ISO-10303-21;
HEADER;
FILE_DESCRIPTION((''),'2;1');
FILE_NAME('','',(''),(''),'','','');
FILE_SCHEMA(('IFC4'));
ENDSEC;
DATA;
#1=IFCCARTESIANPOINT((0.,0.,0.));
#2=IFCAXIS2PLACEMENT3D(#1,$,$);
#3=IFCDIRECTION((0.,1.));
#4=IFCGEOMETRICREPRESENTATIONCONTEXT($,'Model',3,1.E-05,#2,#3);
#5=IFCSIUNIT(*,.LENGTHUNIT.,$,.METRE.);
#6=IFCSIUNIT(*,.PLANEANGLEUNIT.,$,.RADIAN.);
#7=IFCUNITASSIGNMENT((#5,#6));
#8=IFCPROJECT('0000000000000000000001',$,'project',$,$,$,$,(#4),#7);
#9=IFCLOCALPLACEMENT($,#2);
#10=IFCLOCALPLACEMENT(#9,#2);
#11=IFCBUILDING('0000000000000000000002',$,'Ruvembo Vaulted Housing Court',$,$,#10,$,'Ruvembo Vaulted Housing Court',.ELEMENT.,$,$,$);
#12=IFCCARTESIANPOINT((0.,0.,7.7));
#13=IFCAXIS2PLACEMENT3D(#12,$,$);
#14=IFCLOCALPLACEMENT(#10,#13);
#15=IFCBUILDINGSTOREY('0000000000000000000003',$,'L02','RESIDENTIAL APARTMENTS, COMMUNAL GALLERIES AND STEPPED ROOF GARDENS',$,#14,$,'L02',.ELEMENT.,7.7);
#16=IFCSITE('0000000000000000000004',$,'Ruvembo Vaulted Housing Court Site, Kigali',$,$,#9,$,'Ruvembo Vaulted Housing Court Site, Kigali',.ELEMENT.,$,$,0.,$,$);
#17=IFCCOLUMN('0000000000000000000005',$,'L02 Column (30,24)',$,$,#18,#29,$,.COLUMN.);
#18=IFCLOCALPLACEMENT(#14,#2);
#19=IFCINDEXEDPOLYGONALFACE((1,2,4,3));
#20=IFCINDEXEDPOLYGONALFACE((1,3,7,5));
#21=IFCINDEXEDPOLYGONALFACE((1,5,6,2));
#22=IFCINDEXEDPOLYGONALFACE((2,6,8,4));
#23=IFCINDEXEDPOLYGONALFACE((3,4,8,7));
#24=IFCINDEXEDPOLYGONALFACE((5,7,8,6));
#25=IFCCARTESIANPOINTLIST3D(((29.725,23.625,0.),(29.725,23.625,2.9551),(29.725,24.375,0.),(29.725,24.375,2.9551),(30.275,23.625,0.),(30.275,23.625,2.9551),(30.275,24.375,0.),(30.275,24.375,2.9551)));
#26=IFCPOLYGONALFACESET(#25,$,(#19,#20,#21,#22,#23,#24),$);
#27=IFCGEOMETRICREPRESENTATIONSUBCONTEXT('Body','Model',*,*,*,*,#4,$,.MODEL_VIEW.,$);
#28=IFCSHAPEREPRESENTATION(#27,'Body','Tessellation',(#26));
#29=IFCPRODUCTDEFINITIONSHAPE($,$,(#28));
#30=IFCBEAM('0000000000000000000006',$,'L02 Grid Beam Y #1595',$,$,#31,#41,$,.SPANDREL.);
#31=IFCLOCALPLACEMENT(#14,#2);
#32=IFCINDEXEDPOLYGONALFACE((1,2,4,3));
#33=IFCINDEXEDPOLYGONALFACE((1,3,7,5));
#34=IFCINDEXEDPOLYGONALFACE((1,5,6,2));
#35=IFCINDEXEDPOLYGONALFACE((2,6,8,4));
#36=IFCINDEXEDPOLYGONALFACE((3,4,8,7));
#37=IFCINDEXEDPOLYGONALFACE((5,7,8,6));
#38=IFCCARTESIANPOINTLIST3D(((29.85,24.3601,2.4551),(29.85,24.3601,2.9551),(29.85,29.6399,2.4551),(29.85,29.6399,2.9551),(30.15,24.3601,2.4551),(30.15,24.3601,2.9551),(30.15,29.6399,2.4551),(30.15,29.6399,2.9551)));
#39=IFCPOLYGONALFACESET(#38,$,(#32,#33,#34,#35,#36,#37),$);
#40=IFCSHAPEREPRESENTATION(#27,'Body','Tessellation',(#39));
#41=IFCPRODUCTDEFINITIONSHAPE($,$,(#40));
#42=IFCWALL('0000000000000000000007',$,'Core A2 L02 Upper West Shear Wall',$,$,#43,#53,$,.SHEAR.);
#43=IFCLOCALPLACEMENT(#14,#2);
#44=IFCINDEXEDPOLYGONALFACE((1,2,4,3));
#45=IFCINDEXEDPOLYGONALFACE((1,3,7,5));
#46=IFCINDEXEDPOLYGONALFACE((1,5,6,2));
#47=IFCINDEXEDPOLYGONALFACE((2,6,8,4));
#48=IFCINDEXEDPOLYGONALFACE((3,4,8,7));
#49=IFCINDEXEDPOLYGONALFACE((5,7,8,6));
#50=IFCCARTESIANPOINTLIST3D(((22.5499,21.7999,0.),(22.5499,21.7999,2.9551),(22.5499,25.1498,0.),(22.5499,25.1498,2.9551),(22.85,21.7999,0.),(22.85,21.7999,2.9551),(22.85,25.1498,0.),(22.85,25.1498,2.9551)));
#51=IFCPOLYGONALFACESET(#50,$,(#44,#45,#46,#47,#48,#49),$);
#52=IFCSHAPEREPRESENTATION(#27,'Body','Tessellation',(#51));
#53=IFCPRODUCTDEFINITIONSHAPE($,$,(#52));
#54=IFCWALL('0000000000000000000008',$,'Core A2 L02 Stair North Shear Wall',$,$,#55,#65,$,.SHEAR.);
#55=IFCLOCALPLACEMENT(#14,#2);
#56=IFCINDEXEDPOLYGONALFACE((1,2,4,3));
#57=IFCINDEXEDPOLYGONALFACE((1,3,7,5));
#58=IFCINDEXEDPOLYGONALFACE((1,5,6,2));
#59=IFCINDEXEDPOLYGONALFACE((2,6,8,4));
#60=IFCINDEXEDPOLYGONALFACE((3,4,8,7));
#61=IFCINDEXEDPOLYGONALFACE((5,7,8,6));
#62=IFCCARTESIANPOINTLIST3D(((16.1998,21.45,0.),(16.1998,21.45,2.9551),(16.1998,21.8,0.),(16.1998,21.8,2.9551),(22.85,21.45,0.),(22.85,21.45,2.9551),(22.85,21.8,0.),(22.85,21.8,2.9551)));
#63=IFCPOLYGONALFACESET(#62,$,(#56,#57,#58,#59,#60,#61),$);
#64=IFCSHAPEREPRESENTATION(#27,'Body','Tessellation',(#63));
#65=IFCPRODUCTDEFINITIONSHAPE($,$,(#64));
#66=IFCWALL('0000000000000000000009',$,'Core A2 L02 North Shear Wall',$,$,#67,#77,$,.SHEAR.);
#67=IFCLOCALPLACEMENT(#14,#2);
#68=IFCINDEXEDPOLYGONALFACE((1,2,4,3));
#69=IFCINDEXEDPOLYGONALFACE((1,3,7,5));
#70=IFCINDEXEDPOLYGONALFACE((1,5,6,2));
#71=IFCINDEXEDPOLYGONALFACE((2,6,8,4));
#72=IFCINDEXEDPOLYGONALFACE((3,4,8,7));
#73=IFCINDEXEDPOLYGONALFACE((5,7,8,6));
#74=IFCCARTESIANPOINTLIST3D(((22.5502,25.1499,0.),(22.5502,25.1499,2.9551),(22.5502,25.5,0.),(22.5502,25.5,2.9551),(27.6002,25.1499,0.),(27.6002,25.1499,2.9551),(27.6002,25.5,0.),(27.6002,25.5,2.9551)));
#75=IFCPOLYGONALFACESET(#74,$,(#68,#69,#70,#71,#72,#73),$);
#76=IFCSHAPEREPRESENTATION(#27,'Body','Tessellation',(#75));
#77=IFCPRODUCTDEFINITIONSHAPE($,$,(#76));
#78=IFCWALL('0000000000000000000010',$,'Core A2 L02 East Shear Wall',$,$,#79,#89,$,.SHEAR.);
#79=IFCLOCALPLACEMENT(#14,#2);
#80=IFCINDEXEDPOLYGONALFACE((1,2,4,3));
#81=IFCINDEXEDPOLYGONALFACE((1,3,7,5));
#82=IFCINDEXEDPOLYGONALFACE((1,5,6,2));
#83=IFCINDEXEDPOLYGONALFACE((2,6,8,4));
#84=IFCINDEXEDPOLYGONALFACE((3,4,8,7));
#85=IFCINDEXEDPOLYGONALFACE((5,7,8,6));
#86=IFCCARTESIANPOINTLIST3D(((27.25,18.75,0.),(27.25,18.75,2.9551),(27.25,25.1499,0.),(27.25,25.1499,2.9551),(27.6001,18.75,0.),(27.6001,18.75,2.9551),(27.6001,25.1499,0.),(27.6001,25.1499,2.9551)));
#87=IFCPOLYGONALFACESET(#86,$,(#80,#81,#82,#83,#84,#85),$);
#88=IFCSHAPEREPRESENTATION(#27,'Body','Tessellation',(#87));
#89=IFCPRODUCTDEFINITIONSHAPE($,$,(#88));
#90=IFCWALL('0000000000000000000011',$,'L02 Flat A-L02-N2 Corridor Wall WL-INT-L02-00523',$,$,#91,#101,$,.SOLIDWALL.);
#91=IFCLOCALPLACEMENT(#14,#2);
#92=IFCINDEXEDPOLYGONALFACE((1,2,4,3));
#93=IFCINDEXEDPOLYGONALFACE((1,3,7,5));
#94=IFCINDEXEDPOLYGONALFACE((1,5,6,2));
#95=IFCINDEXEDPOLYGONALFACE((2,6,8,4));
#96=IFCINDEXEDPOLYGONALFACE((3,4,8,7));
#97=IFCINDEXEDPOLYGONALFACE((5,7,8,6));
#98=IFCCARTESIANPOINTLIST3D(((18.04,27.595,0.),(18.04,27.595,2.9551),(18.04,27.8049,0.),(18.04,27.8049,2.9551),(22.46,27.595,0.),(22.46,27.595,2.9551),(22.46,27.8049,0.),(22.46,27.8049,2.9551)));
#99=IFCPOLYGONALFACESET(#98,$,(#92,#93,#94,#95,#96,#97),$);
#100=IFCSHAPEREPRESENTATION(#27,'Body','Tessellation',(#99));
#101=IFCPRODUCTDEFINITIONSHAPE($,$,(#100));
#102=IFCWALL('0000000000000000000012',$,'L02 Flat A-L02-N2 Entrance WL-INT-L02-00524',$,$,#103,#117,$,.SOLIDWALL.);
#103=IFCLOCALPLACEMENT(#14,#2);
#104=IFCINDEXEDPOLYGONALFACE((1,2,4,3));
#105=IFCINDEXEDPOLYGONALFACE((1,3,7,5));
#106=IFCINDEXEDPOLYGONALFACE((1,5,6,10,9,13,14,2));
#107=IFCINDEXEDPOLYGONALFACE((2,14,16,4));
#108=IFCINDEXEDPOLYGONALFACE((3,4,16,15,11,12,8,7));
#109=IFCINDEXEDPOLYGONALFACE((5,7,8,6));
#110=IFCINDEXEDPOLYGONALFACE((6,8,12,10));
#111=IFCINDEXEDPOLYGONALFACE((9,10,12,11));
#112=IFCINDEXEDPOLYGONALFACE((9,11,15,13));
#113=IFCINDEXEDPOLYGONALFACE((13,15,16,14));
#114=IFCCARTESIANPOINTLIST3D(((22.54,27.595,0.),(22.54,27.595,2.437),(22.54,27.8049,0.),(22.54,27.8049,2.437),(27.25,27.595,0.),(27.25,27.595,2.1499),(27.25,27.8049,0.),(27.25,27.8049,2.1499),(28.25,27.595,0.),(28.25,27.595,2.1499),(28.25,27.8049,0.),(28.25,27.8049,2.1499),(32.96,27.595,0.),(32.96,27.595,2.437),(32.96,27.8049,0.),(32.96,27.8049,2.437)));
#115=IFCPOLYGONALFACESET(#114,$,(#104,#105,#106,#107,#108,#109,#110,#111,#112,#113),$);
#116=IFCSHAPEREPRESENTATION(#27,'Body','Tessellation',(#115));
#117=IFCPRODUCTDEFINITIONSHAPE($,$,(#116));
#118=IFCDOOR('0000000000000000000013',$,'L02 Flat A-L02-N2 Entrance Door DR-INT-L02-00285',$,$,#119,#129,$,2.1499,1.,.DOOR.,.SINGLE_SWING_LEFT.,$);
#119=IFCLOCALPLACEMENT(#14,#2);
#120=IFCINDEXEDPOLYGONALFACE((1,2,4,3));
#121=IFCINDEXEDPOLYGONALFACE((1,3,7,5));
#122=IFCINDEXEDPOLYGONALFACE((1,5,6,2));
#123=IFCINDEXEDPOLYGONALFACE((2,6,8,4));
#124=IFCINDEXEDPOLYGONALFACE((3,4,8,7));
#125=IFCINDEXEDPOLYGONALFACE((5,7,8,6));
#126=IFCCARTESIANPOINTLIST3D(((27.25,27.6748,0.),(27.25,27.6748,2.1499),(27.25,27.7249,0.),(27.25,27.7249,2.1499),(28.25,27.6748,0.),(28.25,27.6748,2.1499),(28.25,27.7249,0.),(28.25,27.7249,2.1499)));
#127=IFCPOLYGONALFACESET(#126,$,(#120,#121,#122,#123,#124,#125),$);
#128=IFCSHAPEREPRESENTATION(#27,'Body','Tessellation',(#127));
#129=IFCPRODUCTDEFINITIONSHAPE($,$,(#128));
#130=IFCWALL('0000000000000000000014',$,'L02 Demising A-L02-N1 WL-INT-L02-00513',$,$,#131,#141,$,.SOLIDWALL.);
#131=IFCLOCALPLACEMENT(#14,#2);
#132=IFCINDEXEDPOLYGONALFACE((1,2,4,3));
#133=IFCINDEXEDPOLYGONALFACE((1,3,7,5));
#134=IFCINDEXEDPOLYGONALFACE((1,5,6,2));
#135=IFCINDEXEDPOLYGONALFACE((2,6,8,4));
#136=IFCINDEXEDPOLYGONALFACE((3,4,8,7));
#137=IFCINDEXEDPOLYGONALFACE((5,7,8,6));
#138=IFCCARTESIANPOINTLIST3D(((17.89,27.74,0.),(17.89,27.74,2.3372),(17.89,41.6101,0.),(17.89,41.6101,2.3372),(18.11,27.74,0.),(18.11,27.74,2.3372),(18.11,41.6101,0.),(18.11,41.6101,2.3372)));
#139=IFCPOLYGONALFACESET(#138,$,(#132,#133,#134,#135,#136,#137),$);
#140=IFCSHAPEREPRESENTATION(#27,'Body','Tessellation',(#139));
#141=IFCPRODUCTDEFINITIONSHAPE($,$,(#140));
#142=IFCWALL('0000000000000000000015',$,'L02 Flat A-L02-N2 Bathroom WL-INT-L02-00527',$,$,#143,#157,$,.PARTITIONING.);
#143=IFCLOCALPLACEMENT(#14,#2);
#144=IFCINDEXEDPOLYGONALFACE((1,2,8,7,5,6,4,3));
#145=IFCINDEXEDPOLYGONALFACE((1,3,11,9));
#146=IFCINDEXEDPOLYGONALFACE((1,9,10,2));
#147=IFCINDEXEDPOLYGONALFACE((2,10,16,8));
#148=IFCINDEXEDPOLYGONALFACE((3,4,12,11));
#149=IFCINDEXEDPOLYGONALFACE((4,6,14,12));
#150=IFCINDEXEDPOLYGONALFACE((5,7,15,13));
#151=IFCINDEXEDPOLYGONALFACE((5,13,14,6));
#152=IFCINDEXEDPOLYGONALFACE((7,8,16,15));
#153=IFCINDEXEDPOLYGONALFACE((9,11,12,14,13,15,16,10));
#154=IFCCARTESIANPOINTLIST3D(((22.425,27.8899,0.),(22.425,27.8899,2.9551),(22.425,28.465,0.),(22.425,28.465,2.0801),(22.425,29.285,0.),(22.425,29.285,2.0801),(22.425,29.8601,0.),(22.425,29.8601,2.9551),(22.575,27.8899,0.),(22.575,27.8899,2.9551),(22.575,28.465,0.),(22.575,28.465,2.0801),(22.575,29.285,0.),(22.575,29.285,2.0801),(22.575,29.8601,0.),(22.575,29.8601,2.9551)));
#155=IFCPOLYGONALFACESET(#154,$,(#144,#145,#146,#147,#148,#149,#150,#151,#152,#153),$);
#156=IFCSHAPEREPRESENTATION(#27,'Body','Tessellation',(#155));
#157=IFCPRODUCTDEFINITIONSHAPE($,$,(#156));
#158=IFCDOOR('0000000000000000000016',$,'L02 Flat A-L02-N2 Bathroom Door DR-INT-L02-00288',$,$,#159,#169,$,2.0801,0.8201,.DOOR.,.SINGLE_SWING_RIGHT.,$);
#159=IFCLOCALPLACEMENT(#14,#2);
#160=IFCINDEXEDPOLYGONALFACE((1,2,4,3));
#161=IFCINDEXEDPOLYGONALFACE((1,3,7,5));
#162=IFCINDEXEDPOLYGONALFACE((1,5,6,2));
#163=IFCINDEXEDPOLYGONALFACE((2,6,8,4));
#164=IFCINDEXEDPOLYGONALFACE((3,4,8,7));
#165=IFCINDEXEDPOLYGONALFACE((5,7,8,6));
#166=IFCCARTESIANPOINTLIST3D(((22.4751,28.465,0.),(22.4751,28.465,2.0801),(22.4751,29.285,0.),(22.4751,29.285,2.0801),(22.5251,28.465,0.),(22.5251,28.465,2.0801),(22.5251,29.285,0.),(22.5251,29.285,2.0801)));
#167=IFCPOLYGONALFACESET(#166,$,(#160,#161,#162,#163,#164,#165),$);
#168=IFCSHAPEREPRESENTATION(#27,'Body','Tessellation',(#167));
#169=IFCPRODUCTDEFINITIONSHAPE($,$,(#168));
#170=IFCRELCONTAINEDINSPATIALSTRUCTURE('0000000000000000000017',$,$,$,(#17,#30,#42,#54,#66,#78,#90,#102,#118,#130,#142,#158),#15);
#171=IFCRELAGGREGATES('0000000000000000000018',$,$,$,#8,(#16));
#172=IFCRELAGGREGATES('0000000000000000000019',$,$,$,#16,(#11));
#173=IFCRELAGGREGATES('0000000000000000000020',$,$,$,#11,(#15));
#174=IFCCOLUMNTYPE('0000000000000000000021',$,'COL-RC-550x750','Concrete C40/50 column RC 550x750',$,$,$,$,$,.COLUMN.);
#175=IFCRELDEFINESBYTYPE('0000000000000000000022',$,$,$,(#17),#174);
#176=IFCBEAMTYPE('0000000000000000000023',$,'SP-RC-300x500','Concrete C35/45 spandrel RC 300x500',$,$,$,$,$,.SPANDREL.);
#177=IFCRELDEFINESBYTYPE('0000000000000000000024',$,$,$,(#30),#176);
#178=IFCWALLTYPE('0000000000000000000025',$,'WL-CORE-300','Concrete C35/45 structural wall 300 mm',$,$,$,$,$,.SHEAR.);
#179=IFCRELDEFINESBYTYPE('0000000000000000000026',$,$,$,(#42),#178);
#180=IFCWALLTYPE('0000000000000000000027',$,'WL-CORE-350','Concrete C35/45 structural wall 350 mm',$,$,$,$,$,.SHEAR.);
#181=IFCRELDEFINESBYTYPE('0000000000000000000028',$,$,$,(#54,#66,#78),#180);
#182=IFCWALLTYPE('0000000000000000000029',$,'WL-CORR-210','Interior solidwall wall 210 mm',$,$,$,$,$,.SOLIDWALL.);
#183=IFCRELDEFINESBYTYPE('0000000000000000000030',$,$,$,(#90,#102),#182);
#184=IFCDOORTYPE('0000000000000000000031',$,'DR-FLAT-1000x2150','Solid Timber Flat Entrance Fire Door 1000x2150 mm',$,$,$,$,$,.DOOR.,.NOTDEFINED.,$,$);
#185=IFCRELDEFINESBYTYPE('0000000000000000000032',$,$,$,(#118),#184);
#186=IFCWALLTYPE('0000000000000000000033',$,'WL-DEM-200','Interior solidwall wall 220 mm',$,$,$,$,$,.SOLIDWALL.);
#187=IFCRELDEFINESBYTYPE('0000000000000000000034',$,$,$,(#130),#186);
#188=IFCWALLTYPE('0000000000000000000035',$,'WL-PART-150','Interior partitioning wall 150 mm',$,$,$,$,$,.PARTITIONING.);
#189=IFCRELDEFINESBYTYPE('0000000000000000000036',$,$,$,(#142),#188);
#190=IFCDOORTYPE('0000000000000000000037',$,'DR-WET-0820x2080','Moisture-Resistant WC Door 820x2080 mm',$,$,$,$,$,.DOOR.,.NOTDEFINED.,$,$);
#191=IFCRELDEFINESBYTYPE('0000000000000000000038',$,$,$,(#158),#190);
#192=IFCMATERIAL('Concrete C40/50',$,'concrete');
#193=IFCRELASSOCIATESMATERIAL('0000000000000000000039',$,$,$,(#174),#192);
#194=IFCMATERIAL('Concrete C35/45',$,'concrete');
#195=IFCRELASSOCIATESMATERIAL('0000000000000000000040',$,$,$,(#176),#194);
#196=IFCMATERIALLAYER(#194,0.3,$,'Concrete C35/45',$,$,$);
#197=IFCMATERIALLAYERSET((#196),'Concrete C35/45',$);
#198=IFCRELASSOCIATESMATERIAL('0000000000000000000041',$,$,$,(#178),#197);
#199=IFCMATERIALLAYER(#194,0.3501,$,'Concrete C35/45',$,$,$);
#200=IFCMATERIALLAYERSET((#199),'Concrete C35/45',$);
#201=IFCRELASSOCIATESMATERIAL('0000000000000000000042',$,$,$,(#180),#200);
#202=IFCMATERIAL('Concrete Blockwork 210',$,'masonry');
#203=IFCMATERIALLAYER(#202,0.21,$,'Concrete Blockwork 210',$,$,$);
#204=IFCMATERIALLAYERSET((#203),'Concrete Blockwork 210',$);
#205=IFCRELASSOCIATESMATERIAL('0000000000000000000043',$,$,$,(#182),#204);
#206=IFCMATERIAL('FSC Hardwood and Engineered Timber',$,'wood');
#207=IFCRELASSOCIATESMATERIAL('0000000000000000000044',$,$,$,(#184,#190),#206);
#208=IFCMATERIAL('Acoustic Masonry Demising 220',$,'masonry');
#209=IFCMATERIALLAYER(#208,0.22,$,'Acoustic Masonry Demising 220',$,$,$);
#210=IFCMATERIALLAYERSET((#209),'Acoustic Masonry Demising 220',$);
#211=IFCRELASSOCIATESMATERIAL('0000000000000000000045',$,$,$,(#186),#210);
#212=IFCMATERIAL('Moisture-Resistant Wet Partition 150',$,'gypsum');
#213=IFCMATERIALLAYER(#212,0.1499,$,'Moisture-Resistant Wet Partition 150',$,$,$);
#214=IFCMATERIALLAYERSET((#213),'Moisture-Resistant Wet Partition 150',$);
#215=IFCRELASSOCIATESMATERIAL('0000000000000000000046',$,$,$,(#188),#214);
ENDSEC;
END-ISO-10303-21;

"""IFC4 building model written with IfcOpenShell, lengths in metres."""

from ifc_helpers import new_model, si_unit, direction, frame, frame_2d, origin, origin_2d, place, context, subcontext, project, spatial, rectangle, extrude, material, layer, layer_set, material_profile, profile_set, type_object, element, fill, save


model = new_model("IFC4")

# Units and contexts
model_context = context("Model", 3, precision=1e-05, world=origin(), true_north=direction((0.0, 1.0)))
body_context = subcontext(model_context, "Body", "Model", "MODEL_VIEW")
ifc_project = project(units=[si_unit("LENGTHUNIT", "METRE"), si_unit("PLANEANGLEUNIT", "RADIAN")], contexts=[model_context])

# Site, building, storey
site_placement = place(None, origin())
site = spatial("IfcSite", under=ifc_project, at=site_placement, Name="Ruvembo Vaulted Housing Court Site, Kigali", LongName="Ruvembo Vaulted Housing Court Site, Kigali", CompositionType="ELEMENT", RefElevation=0.0)
building_placement = place(site_placement, origin())
building = spatial("IfcBuilding", under=site, at=building_placement, Name="Ruvembo Vaulted Housing Court", LongName="Ruvembo Vaulted Housing Court", CompositionType="ELEMENT")
storey_placement = place(building_placement, frame((0.0, 0.0, 7.7)))
storey = spatial("IfcBuildingStorey", under=building, at=storey_placement, Name="L02", Description="RESIDENTIAL APARTMENTS, COMMUNAL GALLERIES AND STEPPED ROOF GARDENS", LongName="L02", CompositionType="ELEMENT", Elevation=7.7)

# Column
ifc_material_1 = material(Name="Concrete C40/50", Category="concrete")
ifc_material_profile_1 = material_profile(ifc_material_1, rectangle(XDim=0.55, YDim=0.75, at=origin_2d()), Name="RC 550x750")
ifc_profile_set_1 = profile_set([ifc_material_profile_1], Name="Concrete C40/50")
column_type = type_object("IfcColumnType", Name="COL-RC-550x750", Description="Concrete C40/50 column RC 550x750", PredefinedType="COLUMN", material=ifc_profile_set_1)
column_placement = place(storey_placement, frame((30.0, 24.0, 0.0), z_axis=(0.0, 0.0, 1.0), x_axis=(1.0, 0.0, 0.0)))
element("IfcColumn", 1, at=column_placement, inside=storey, type_object=column_type, Name="L02 Column (30,24)", PredefinedType="COLUMN", context=body_context, shape_type="SweptSolid", body=[
    extrude(rectangle(XDim=0.55, YDim=0.75, at=origin_2d()), origin(), (0.0, 0.0, 1.0), 2.9551),
])

# Beam
ifc_material_2 = material(Name="Concrete C35/45", Category="concrete")
ifc_material_profile_2 = material_profile(ifc_material_2, rectangle(XDim=0.3, YDim=0.5, at=origin_2d()), Name="RC 300x500")
ifc_profile_set_2 = profile_set([ifc_material_profile_2], Name="Concrete C35/45")
beam_type = type_object("IfcBeamType", Name="SP-RC-300x500", Description="Concrete C35/45 spandrel RC 300x500", PredefinedType="SPANDREL", material=ifc_profile_set_2)
beam_placement = place(storey_placement, frame((30.0, 24.3601, 2.7051), z_axis=(0.0, 1.0, 0.0), x_axis=(-1.0, 0.0, 0.0)))
element("IfcBeam", 2, at=beam_placement, inside=storey, type_object=beam_type, Name="L02 Grid Beam Y #1595", PredefinedType="SPANDREL", context=body_context, shape_type="SweptSolid", body=[
    extrude(rectangle(XDim=0.3, YDim=0.5, at=origin_2d()), origin(), (0.0, 0.0, 1.0), 5.2798),
])

# Walls
ifc_layer_1 = layer(ifc_material_2, 0.3, Name="Concrete C35/45")
ifc_layer_set_1 = layer_set([ifc_layer_1], Name="Concrete C35/45")
wall_type_1 = type_object("IfcWallType", Name="WL-CORE-300", Description="Concrete C35/45 structural wall 300 mm", PredefinedType="SHEAR", material=ifc_layer_set_1)
wall_1_placement = place(storey_placement, frame((22.7, 21.8, 0.0), z_axis=(0.0, 0.0, 1.0), x_axis=(0.0, 1.0, 0.0)))
element("IfcWall", 3, at=wall_1_placement, inside=storey, type_object=wall_type_1, Name="Core A2 L02 Upper West Shear Wall", PredefinedType="SHEAR", context=body_context, shape_type="SweptSolid", body=[
    extrude(rectangle(XDim=3.3499, YDim=0.3, at=frame_2d((1.6748, 0.0))), origin(), (0.0, 0.0, 1.0), 2.9551),
])
ifc_layer_2 = layer(ifc_material_2, 0.3501, Name="Concrete C35/45")
ifc_layer_set_2 = layer_set([ifc_layer_2], Name="Concrete C35/45")
wall_type_2 = type_object("IfcWallType", Name="WL-CORE-350", Description="Concrete C35/45 structural wall 350 mm", PredefinedType="SHEAR", material=ifc_layer_set_2)
wall_2_placement = place(storey_placement, frame((22.8501, 21.625, 0.0), z_axis=(0.0, 0.0, 1.0), x_axis=(-1.0, 0.0, 0.0)))
element("IfcWall", 4, at=wall_2_placement, inside=storey, type_object=wall_type_2, Name="Core A2 L02 Stair North Shear Wall", PredefinedType="SHEAR", context=body_context, shape_type="SweptSolid", body=[
    extrude(rectangle(XDim=6.6501, YDim=0.3501, at=frame_2d((3.3252, 0.0))), origin(), (0.0, 0.0, 1.0), 2.9551),
])
wall_3_placement = place(storey_placement, frame((27.6001, 25.325, 0.0), z_axis=(0.0, 0.0, 1.0), x_axis=(-1.0, 0.0, 0.0)))
element("IfcWall", 5, at=wall_3_placement, inside=storey, type_object=wall_type_2, Name="Core A2 L02 North Shear Wall", PredefinedType="SHEAR", context=body_context, shape_type="SweptSolid", body=[
    extrude(rectangle(XDim=5.05, YDim=0.3501, at=frame_2d((2.5249, 0.0))), origin(), (0.0, 0.0, 1.0), 2.9551),
])
wall_4_placement = place(storey_placement, frame((27.425, 18.75, 0.0), z_axis=(0.0, 0.0, 1.0), x_axis=(0.0, 1.0, 0.0)))
element("IfcWall", 6, at=wall_4_placement, inside=storey, type_object=wall_type_2, Name="Core A2 L02 East Shear Wall", PredefinedType="SHEAR", context=body_context, shape_type="SweptSolid", body=[
    extrude(rectangle(XDim=6.3999, YDim=0.3501, at=frame_2d((3.2, 0.0))), origin(), (0.0, 0.0, 1.0), 2.9551),
])
ifc_material_3 = material(Name="Concrete Blockwork 210", Category="masonry")
ifc_layer_3 = layer(ifc_material_3, 0.21, Name="Concrete Blockwork 210")
ifc_layer_set_3 = layer_set([ifc_layer_3], Name="Concrete Blockwork 210")
wall_type_3 = type_object("IfcWallType", Name="WL-CORR-210", Description="Interior solidwall wall 210 mm", PredefinedType="SOLIDWALL", material=ifc_layer_set_3)
wall_5_placement = place(storey_placement, frame((18.04, 27.7, 0.0), z_axis=(0.0, 0.0, 1.0), x_axis=(1.0, 0.0, 0.0)))
element("IfcWall", 7, at=wall_5_placement, inside=storey, type_object=wall_type_3, Name="L02 Flat A-L02-N2 Corridor Wall WL-INT-L02-00523", PredefinedType="SOLIDWALL", context=body_context, shape_type="SweptSolid", body=[
    extrude(rectangle(XDim=4.4199, YDim=0.21, at=frame_2d((2.21, 0.0))), origin(), (0.0, 0.0, 1.0), 2.9551),
])

# Wall, opening, door
wall_6_placement = place(storey_placement, frame((22.54, 27.7, 0.0), z_axis=(0.0, 0.0, 1.0), x_axis=(1.0, 0.0, 0.0)))
wall_6 = element("IfcWall", 8, at=wall_6_placement, inside=storey, type_object=wall_type_3, Name="L02 Flat A-L02-N2 Entrance WL-INT-L02-00524", PredefinedType="SOLIDWALL", context=body_context, shape_type="SweptSolid", body=[
    extrude(rectangle(XDim=10.4199, YDim=0.21, at=frame_2d((5.21, 0.0))), origin(), (0.0, 0.0, 1.0), 2.437),
])
opening_1_placement = place(wall_6_placement, frame((4.71, 0.0, 0.0)))
opening_1 = element("IfcOpeningElement", 9, at=opening_1_placement, cuts=wall_6, PredefinedType="OPENING", context=body_context, shape_type="SweptSolid", body=[
    extrude(rectangle(XDim=1.0, YDim=2.1499, at=frame_2d((0.5, 1.075))), frame((0.0, 0.115, 0.0), z_axis=(0.0, -1.0, 0.0), x_axis=(1.0, 0.0, 0.0)), (0.0, 0.0, 1.0), 0.23),
])
ifc_material_4 = material(Name="FSC Hardwood and Engineered Timber", Category="wood")
door_type_1 = type_object("IfcDoorType", Name="DR-FLAT-1000x2150", Description="Solid Timber Flat Entrance Fire Door 1000x2150 mm", OperationType="NOTDEFINED", PredefinedType="DOOR", material=ifc_material_4)
door_1_placement = place(opening_1_placement, origin())
door_1 = element("IfcDoor", 10, at=door_1_placement, inside=storey, type_object=door_type_1, Name="L02 Flat A-L02-N2 Entrance Door DR-INT-L02-00285", OperationType="SINGLE_SWING_LEFT", OverallHeight=2.1499, OverallWidth=1.0, PredefinedType="DOOR", context=body_context, shape_type="SweptSolid", body=[
    extrude(rectangle(XDim=1.0, YDim=2.1499, at=frame_2d((0.5, 1.075))), frame((0.0, 0.0249, 0.0), z_axis=(0.0, -1.0, 0.0), x_axis=(1.0, 0.0, 0.0)), (0.0, 0.0, 1.0), 0.05),
])
fill(opening_1, door_1)

# Wall
ifc_material_5 = material(Name="Acoustic Masonry Demising 220", Category="masonry")
ifc_layer_4 = layer(ifc_material_5, 0.22, Name="Acoustic Masonry Demising 220")
ifc_layer_set_4 = layer_set([ifc_layer_4], Name="Acoustic Masonry Demising 220")
wall_type_4 = type_object("IfcWallType", Name="WL-DEM-200", Description="Interior solidwall wall 220 mm", PredefinedType="SOLIDWALL", material=ifc_layer_set_4)
wall_7_placement = place(storey_placement, frame((18.0, 27.74, 0.0), z_axis=(0.0, 0.0, 1.0), x_axis=(0.0, 1.0, 0.0)))
element("IfcWall", 11, at=wall_7_placement, inside=storey, type_object=wall_type_4, Name="L02 Demising A-L02-N1 WL-INT-L02-00513", PredefinedType="SOLIDWALL", context=body_context, shape_type="SweptSolid", body=[
    extrude(rectangle(XDim=13.8701, YDim=0.22, at=frame_2d((6.9351, 0.0))), origin(), (0.0, 0.0, 1.0), 2.3372),
])

# Wall, opening, door
ifc_material_6 = material(Name="Moisture-Resistant Wet Partition 150", Category="gypsum")
ifc_layer_5 = layer(ifc_material_6, 0.1499, Name="Moisture-Resistant Wet Partition 150")
ifc_layer_set_5 = layer_set([ifc_layer_5], Name="Moisture-Resistant Wet Partition 150")
wall_type_5 = type_object("IfcWallType", Name="WL-PART-150", Description="Interior partitioning wall 150 mm", PredefinedType="PARTITIONING", material=ifc_layer_set_5)
wall_8_placement = place(storey_placement, frame((22.5, 27.8899, 0.0), z_axis=(0.0, 0.0, 1.0), x_axis=(0.0, 1.0, 0.0)))
wall_8 = element("IfcWall", 12, at=wall_8_placement, inside=storey, type_object=wall_type_5, Name="L02 Flat A-L02-N2 Bathroom WL-INT-L02-00527", PredefinedType="PARTITIONING", context=body_context, shape_type="SweptSolid", body=[
    extrude(rectangle(XDim=1.9702, YDim=0.1499, at=frame_2d((0.9851, 0.0))), origin(), (0.0, 0.0, 1.0), 2.9551),
])
opening_2_placement = place(wall_8_placement, frame((0.575, 0.0, 0.0)))
opening_2 = element("IfcOpeningElement", 13, at=opening_2_placement, cuts=wall_8, PredefinedType="OPENING", context=body_context, shape_type="SweptSolid", body=[
    extrude(rectangle(XDim=0.8201, YDim=2.0801, at=frame_2d((0.4102, 1.04))), frame((0.0, 0.085, 0.0), z_axis=(0.0, -1.0, 0.0), x_axis=(1.0, 0.0, 0.0)), (0.0, 0.0, 1.0), 0.1699),
])
door_type_2 = type_object("IfcDoorType", Name="DR-WET-0820x2080", Description="Moisture-Resistant WC Door 820x2080 mm", OperationType="NOTDEFINED", PredefinedType="DOOR", material=ifc_material_4)
door_2_placement = place(opening_2_placement, origin())
door_2 = element("IfcDoor", 14, at=door_2_placement, inside=storey, type_object=door_type_2, Name="L02 Flat A-L02-N2 Bathroom Door DR-INT-L02-00288", OperationType="SINGLE_SWING_RIGHT", OverallHeight=2.0801, OverallWidth=0.8201, PredefinedType="DOOR", context=body_context, shape_type="SweptSolid", body=[
    extrude(rectangle(XDim=0.8201, YDim=2.0801, at=frame_2d((0.4102, 1.04))), frame((0.0, 0.0249, 0.0), z_axis=(0.0, -1.0, 0.0), x_axis=(1.0, 0.0, 0.0)), (0.0, 0.0, 1.0), 0.05),
])
fill(opening_2, door_2)

save(model, "model.ifc")
